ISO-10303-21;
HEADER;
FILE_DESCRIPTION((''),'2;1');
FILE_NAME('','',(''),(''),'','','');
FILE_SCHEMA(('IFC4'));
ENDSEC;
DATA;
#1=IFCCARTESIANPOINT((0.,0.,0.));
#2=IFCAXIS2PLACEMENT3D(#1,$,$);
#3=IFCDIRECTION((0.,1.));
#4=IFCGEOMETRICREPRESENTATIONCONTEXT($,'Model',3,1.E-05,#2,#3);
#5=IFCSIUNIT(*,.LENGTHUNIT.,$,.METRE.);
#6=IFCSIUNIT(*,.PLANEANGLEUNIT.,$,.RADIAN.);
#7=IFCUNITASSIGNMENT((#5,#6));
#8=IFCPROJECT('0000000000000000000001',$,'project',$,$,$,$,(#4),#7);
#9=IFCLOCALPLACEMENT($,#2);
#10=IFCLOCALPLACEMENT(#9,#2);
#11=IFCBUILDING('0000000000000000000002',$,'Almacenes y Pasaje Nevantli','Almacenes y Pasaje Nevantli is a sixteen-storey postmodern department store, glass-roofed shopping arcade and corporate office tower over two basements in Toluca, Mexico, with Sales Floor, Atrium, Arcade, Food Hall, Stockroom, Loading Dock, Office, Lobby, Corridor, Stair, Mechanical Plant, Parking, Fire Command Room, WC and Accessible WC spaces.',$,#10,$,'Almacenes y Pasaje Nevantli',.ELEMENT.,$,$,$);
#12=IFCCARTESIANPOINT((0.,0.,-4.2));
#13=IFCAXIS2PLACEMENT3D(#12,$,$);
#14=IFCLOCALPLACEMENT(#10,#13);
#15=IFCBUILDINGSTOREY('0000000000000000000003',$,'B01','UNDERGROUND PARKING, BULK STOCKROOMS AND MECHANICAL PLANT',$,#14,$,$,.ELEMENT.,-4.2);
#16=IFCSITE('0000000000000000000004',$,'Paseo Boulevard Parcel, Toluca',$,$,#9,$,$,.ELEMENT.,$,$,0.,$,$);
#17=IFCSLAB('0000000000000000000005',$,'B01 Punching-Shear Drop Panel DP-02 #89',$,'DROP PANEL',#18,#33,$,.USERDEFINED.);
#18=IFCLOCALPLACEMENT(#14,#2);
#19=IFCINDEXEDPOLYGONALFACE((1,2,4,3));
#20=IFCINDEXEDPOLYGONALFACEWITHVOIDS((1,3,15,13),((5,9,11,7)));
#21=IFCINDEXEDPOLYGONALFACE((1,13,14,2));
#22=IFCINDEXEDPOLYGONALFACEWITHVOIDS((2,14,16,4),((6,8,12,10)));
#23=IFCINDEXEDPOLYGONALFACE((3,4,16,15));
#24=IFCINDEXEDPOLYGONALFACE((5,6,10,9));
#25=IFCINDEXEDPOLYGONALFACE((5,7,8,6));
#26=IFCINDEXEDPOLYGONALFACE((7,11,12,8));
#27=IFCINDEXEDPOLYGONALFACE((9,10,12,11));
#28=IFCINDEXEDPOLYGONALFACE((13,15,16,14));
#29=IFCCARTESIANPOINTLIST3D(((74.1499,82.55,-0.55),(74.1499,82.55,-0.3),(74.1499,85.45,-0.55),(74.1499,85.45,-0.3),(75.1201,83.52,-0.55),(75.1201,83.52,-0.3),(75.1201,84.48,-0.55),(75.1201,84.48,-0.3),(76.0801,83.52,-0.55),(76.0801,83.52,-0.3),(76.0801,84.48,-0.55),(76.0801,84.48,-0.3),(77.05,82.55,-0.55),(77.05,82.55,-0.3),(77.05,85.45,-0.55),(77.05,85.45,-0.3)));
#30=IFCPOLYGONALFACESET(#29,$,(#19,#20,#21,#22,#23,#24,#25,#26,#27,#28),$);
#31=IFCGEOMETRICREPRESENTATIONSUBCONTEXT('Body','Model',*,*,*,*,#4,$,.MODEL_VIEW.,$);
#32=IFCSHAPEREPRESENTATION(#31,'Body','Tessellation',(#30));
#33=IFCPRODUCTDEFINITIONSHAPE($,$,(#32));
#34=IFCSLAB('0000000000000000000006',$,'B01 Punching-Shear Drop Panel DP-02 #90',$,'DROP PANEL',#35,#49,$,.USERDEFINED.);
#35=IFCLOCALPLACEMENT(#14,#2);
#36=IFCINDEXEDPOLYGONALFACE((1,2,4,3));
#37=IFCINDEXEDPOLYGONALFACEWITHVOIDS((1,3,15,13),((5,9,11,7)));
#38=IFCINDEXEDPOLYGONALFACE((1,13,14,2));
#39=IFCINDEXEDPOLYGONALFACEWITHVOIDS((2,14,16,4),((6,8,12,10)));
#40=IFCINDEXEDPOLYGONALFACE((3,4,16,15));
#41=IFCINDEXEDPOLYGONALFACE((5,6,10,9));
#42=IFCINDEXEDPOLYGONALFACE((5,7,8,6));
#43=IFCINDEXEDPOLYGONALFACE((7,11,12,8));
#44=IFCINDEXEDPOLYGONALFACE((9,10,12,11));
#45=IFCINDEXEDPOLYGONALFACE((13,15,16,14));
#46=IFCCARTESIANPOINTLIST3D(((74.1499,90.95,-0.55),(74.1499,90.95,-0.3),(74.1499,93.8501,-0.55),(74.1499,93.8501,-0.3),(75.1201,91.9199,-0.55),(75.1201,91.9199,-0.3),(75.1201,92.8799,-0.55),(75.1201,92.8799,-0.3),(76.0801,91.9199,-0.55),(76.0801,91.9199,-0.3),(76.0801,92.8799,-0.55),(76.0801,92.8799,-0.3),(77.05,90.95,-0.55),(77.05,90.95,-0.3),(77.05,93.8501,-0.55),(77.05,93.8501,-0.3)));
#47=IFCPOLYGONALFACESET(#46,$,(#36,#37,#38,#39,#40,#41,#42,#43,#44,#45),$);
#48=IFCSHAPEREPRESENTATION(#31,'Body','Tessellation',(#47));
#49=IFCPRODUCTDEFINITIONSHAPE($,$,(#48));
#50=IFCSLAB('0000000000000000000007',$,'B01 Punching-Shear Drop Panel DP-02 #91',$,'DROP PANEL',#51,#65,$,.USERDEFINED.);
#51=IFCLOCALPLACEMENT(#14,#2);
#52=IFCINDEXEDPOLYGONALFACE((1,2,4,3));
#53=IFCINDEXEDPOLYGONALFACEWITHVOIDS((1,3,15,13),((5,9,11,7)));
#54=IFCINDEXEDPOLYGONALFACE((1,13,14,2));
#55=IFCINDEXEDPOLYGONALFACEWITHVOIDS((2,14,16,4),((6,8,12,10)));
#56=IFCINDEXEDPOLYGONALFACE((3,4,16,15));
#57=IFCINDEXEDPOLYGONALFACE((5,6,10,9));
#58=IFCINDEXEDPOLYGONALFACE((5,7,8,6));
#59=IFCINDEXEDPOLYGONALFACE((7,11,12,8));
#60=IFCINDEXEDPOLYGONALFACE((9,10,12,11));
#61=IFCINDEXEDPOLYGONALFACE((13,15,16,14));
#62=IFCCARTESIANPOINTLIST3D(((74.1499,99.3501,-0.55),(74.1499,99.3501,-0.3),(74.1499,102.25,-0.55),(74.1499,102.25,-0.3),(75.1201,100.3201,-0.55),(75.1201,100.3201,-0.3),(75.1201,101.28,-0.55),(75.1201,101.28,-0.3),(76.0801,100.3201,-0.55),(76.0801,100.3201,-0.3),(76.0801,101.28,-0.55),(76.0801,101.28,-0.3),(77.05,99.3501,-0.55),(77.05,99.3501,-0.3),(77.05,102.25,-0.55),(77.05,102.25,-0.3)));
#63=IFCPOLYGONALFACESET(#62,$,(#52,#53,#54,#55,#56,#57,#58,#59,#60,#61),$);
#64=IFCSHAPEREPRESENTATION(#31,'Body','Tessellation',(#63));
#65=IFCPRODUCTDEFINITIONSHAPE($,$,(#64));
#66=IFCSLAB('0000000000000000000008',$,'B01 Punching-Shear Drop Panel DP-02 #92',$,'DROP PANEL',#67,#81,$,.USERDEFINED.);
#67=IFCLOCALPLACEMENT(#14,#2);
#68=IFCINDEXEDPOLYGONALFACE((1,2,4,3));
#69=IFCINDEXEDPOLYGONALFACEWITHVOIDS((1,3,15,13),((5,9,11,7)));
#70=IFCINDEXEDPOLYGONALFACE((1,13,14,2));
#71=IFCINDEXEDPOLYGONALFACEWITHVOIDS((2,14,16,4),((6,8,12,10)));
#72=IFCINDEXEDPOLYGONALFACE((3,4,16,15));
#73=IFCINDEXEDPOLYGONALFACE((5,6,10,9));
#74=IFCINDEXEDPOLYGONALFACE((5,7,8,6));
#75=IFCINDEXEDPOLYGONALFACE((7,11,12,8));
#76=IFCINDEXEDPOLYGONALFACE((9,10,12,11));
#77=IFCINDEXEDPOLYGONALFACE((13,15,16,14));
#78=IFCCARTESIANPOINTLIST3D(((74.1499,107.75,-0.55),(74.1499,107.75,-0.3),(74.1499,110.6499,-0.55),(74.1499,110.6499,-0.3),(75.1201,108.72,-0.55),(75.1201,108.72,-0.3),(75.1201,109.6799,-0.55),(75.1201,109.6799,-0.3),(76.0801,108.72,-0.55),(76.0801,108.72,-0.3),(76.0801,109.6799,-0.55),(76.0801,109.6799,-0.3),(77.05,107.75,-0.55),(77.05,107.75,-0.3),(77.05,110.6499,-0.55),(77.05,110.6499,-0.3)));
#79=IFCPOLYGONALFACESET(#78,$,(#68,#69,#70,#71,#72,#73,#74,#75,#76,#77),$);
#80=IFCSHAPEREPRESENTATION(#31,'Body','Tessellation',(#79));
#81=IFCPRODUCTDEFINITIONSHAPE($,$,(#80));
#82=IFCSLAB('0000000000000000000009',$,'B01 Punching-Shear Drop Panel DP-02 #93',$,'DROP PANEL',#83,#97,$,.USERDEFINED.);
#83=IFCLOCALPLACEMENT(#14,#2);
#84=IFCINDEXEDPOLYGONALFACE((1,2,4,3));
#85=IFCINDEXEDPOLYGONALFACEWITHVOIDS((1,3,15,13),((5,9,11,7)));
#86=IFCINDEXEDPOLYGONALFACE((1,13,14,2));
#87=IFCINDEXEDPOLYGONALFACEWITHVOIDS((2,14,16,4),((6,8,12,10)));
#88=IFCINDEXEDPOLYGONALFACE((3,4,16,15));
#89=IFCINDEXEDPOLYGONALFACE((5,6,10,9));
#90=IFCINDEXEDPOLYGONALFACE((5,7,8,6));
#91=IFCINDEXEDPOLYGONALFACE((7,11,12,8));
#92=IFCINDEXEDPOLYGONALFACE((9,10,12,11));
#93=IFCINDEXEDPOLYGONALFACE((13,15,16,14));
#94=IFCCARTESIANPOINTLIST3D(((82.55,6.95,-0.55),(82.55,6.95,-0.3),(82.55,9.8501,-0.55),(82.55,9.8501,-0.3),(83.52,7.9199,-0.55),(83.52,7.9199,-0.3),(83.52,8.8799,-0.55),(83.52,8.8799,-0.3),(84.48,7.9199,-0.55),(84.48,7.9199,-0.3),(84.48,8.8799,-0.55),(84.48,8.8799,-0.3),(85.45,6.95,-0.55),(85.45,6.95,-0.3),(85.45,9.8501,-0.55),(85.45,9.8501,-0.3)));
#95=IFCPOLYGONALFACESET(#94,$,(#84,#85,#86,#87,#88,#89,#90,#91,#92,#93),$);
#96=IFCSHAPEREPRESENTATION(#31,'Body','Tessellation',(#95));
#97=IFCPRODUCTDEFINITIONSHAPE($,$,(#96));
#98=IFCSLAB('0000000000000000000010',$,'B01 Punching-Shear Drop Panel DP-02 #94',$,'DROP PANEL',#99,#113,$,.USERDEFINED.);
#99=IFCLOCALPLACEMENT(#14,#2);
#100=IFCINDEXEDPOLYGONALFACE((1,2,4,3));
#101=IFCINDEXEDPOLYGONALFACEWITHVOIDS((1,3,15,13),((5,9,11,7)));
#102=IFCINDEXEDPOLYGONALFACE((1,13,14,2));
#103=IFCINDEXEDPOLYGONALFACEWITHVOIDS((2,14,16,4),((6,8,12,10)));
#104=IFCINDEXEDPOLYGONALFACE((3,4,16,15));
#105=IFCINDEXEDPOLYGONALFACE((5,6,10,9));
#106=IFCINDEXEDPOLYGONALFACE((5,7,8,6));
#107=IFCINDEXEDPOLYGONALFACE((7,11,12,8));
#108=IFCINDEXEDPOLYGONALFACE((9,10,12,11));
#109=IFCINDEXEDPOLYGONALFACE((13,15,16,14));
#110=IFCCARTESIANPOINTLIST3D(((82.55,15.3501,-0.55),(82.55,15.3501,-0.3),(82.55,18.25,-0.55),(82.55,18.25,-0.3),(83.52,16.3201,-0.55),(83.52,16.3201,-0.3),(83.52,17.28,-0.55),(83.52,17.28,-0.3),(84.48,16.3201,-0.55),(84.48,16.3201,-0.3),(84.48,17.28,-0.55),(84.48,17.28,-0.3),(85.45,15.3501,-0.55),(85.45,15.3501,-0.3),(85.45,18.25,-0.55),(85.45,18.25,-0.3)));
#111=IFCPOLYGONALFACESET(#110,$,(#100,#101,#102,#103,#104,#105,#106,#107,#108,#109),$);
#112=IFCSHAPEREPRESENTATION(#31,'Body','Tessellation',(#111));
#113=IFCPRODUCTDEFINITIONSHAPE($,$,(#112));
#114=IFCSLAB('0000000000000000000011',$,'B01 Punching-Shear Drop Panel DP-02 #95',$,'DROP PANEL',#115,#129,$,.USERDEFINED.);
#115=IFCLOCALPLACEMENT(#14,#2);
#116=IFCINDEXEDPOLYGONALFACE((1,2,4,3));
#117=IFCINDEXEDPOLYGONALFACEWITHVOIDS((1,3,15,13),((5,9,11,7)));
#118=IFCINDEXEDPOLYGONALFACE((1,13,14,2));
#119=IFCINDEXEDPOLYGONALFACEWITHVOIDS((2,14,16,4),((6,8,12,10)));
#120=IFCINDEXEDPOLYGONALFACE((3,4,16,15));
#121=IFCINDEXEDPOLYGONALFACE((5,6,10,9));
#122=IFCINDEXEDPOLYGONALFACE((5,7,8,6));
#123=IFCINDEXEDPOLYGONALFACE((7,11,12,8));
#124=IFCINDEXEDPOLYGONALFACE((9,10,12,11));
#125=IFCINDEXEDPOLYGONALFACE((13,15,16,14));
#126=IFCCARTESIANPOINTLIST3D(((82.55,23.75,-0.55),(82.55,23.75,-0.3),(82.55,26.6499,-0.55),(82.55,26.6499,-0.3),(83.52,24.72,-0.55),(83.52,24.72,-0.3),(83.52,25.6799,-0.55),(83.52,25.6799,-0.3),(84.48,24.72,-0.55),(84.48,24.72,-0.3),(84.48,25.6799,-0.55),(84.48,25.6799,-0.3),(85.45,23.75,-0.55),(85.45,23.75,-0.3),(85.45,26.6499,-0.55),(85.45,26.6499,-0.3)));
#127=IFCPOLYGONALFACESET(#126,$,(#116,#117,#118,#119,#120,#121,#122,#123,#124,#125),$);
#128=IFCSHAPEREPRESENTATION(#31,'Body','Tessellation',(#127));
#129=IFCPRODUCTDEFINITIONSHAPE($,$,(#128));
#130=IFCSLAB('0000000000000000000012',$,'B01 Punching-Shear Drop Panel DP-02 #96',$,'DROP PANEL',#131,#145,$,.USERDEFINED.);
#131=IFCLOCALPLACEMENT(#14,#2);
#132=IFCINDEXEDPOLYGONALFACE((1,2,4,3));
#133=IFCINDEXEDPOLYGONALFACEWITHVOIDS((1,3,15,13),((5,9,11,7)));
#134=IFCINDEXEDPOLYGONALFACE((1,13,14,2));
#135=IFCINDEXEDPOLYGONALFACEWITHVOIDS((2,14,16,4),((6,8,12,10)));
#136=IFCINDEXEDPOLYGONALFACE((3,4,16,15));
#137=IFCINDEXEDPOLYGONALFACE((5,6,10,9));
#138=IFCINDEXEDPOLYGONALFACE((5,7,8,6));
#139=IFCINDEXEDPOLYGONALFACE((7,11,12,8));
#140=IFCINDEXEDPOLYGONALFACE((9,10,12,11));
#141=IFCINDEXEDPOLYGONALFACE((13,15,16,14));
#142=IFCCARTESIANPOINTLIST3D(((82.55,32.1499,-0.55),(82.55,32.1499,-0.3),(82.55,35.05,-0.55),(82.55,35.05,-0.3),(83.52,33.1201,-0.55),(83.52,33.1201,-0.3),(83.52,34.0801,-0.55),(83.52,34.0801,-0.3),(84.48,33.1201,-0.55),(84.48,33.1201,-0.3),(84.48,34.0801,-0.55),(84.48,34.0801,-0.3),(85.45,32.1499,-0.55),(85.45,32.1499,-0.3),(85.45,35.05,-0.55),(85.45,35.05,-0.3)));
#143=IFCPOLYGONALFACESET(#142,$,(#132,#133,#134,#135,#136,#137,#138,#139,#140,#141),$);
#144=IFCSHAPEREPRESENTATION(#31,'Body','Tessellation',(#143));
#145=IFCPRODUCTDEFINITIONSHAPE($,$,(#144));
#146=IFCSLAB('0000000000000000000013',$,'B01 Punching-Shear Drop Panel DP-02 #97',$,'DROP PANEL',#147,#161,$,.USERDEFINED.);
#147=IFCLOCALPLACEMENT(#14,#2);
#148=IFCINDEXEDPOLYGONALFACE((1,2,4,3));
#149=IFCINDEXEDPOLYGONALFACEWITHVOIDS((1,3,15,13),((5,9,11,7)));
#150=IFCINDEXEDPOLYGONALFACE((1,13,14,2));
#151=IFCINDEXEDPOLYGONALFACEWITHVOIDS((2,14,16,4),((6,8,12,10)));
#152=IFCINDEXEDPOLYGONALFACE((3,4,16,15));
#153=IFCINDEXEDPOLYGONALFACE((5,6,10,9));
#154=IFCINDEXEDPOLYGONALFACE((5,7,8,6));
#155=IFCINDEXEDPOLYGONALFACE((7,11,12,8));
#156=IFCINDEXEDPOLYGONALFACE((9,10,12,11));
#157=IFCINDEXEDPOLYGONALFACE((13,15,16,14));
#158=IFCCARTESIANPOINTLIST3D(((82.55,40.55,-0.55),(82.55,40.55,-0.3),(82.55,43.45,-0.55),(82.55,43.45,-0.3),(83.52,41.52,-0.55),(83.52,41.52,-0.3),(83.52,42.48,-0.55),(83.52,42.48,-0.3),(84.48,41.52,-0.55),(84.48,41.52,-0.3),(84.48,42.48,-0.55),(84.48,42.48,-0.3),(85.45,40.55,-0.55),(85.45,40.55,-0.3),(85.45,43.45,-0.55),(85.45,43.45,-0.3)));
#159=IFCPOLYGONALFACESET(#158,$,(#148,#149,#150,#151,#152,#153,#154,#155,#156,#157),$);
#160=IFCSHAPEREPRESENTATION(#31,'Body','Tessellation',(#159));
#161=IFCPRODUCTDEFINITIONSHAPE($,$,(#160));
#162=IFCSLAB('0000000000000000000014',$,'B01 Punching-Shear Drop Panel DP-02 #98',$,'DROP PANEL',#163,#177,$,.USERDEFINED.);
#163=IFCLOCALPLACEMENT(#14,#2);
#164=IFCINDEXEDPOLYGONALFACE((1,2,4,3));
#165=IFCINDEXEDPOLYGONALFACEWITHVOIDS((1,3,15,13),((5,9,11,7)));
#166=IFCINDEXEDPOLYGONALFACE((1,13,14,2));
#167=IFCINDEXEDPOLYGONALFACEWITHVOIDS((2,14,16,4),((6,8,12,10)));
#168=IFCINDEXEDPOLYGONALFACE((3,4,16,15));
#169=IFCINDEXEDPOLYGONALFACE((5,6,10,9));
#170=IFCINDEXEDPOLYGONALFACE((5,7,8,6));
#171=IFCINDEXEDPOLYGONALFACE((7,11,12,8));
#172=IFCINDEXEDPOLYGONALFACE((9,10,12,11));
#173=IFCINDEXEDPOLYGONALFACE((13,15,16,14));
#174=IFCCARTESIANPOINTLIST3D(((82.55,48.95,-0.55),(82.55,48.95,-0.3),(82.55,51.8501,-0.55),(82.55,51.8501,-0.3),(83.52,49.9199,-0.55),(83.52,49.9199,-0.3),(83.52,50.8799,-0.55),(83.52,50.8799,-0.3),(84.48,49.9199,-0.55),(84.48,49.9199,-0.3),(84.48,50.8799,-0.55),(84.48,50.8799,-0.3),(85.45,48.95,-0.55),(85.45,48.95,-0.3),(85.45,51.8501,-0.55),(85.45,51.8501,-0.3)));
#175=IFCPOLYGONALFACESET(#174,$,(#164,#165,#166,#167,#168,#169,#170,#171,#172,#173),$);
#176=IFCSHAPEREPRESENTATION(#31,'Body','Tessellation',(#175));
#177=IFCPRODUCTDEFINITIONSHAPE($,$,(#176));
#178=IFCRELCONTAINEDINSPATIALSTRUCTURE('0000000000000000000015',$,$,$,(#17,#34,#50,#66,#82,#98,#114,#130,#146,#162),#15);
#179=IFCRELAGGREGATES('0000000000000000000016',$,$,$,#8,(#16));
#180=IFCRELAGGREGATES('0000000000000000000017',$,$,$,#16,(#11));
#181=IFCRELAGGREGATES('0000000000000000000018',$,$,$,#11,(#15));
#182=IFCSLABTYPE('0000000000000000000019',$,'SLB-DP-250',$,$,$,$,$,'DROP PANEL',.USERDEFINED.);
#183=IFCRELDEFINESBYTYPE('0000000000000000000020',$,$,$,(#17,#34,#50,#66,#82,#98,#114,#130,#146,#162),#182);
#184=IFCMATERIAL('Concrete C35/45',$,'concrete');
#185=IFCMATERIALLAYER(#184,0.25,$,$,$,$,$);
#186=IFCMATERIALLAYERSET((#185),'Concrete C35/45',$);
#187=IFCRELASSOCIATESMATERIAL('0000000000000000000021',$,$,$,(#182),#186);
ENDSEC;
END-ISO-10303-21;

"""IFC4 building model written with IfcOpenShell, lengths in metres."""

from ifc_helpers import new_model, si_unit, direction, frame, origin, place, context, subcontext, project, spatial, polyline, outline, extrude, material, layer, layer_set, type_object, element, save


model = new_model("IFC4")

# Units and contexts
model_context = context("Model", 3, precision=1e-05, world=origin(), true_north=direction((0.0, 1.0)))
body_context = subcontext(model_context, "Body", "Model", "MODEL_VIEW")
ifc_project = project(units=[si_unit("LENGTHUNIT", "METRE"), si_unit("PLANEANGLEUNIT", "RADIAN")], contexts=[model_context])

# Site, building, storey
site_placement = place(None, origin())
site = spatial("IfcSite", under=ifc_project, at=site_placement, Name="Paseo Boulevard Parcel, Toluca", CompositionType="ELEMENT", RefElevation=0.0)
building_placement = place(site_placement, origin())
building = spatial("IfcBuilding", under=site, at=building_placement, Name="Almacenes y Pasaje Nevantli", Description="Almacenes y Pasaje Nevantli is a sixteen-storey postmodern department store, glass-roofed shopping arcade and corporate office tower over two basements in Toluca, Mexico, with Sales Floor, Atrium, Arcade, Food Hall, Stockroom, Loading Dock, Office, Lobby, Corridor, Stair, Mechanical Plant, Parking, Fire Command Room, WC and Accessible WC spaces.", LongName="Almacenes y Pasaje Nevantli", CompositionType="ELEMENT")
storey_placement = place(building_placement, frame((0.0, 0.0, -4.2)))
storey = spatial("IfcBuildingStorey", under=building, at=storey_placement, Name="B01", Description="UNDERGROUND PARKING, BULK STOCKROOMS AND MECHANICAL PLANT", CompositionType="ELEMENT", Elevation=-4.2)

# Slabs
ifc_material = material(Name="Concrete C35/45", Category="concrete")
ifc_layer = layer(ifc_material, 0.25)
ifc_layer_set = layer_set([ifc_layer], Name="Concrete C35/45")
slab_type = type_object("IfcSlabType", Name="SLB-DP-250", ElementType="DROP PANEL", PredefinedType="USERDEFINED", material=ifc_layer_set)
slab_1_placement = place(storey_placement, frame((0.0, 0.0, -0.55)))
element("IfcSlab", 1, at=slab_1_placement, inside=storey, type_object=slab_type, Name="B01 Punching-Shear Drop Panel DP-02 #89", ObjectType="DROP PANEL", PredefinedType="USERDEFINED", context=body_context, shape_type="SweptSolid", body=[
    extrude(outline(polyline([(74.1499, 82.55), (77.05, 82.55), (77.05, 85.45), (74.1499, 85.45), (74.1499, 82.55)]), holes=[polyline([(75.1201, 83.52), (76.0801, 83.52), (76.0801, 84.48), (75.1201, 84.48), (75.1201, 83.52)])]), origin(), (0.0, 0.0, 1.0), 0.25),
])
slab_2_placement = place(storey_placement, frame((0.0, 0.0, -0.55)))
element("IfcSlab", 2, at=slab_2_placement, inside=storey, type_object=slab_type, Name="B01 Punching-Shear Drop Panel DP-02 #90", ObjectType="DROP PANEL", PredefinedType="USERDEFINED", context=body_context, shape_type="SweptSolid", body=[
    extrude(outline(polyline([(74.1499, 90.95), (77.05, 90.95), (77.05, 93.8501), (74.1499, 93.8501), (74.1499, 90.95)]), holes=[polyline([(75.1201, 91.9199), (76.0801, 91.9199), (76.0801, 92.8799), (75.1201, 92.8799), (75.1201, 91.9199)])]), origin(), (0.0, 0.0, 1.0), 0.25),
])
slab_3_placement = place(storey_placement, frame((0.0, 0.0, -0.55)))
element("IfcSlab", 3, at=slab_3_placement, inside=storey, type_object=slab_type, Name="B01 Punching-Shear Drop Panel DP-02 #91", ObjectType="DROP PANEL", PredefinedType="USERDEFINED", context=body_context, shape_type="SweptSolid", body=[
    extrude(outline(polyline([(74.1499, 99.3501), (77.05, 99.3501), (77.05, 102.25), (74.1499, 102.25), (74.1499, 99.3501)]), holes=[polyline([(75.1201, 100.3201), (76.0801, 100.3201), (76.0801, 101.28), (75.1201, 101.28), (75.1201, 100.3201)])]), origin(), (0.0, 0.0, 1.0), 0.25),
])
slab_4_placement = place(storey_placement, frame((0.0, 0.0, -0.55)))
element("IfcSlab", 4, at=slab_4_placement, inside=storey, type_object=slab_type, Name="B01 Punching-Shear Drop Panel DP-02 #92", ObjectType="DROP PANEL", PredefinedType="USERDEFINED", context=body_context, shape_type="SweptSolid", body=[
    extrude(outline(polyline([(74.1499, 107.75), (77.05, 107.75), (77.05, 110.6499), (74.1499, 110.6499), (74.1499, 107.75)]), holes=[polyline([(75.1201, 108.72), (76.0801, 108.72), (76.0801, 109.6799), (75.1201, 109.6799), (75.1201, 108.72)])]), origin(), (0.0, 0.0, 1.0), 0.25),
])
slab_5_placement = place(storey_placement, frame((0.0, 0.0, -0.55)))
element("IfcSlab", 5, at=slab_5_placement, inside=storey, type_object=slab_type, Name="B01 Punching-Shear Drop Panel DP-02 #93", ObjectType="DROP PANEL", PredefinedType="USERDEFINED", context=body_context, shape_type="SweptSolid", body=[
    extrude(outline(polyline([(82.55, 6.95), (85.45, 6.95), (85.45, 9.8501), (82.55, 9.8501), (82.55, 6.95)]), holes=[polyline([(83.52, 7.9199), (84.48, 7.9199), (84.48, 8.8799), (83.52, 8.8799), (83.52, 7.9199)])]), origin(), (0.0, 0.0, 1.0), 0.25),
])
slab_6_placement = place(storey_placement, frame((0.0, 0.0, -0.55)))
element("IfcSlab", 6, at=slab_6_placement, inside=storey, type_object=slab_type, Name="B01 Punching-Shear Drop Panel DP-02 #94", ObjectType="DROP PANEL", PredefinedType="USERDEFINED", context=body_context, shape_type="SweptSolid", body=[
    extrude(outline(polyline([(82.55, 15.3501), (85.45, 15.3501), (85.45, 18.25), (82.55, 18.25), (82.55, 15.3501)]), holes=[polyline([(83.52, 16.3201), (84.48, 16.3201), (84.48, 17.28), (83.52, 17.28), (83.52, 16.3201)])]), origin(), (0.0, 0.0, 1.0), 0.25),
])
slab_7_placement = place(storey_placement, frame((0.0, 0.0, -0.55)))
element("IfcSlab", 7, at=slab_7_placement, inside=storey, type_object=slab_type, Name="B01 Punching-Shear Drop Panel DP-02 #95", ObjectType="DROP PANEL", PredefinedType="USERDEFINED", context=body_context, shape_type="SweptSolid", body=[
    extrude(outline(polyline([(82.55, 23.75), (85.45, 23.75), (85.45, 26.6499), (82.55, 26.6499), (82.55, 23.75)]), holes=[polyline([(83.52, 24.72), (84.48, 24.72), (84.48, 25.6799), (83.52, 25.6799), (83.52, 24.72)])]), origin(), (0.0, 0.0, 1.0), 0.25),
])
slab_8_placement = place(storey_placement, frame((0.0, 0.0, -0.55)))
element("IfcSlab", 8, at=slab_8_placement, inside=storey, type_object=slab_type, Name="B01 Punching-Shear Drop Panel DP-02 #96", ObjectType="DROP PANEL", PredefinedType="USERDEFINED", context=body_context, shape_type="SweptSolid", body=[
    extrude(outline(polyline([(82.55, 32.1499), (85.45, 32.1499), (85.45, 35.05), (82.55, 35.05), (82.55, 32.1499)]), holes=[polyline([(83.52, 33.1201), (84.48, 33.1201), (84.48, 34.0801), (83.52, 34.0801), (83.52, 33.1201)])]), origin(), (0.0, 0.0, 1.0), 0.25),
])
slab_9_placement = place(storey_placement, frame((0.0, 0.0, -0.55)))
element("IfcSlab", 9, at=slab_9_placement, inside=storey, type_object=slab_type, Name="B01 Punching-Shear Drop Panel DP-02 #97", ObjectType="DROP PANEL", PredefinedType="USERDEFINED", context=body_context, shape_type="SweptSolid", body=[
    extrude(outline(polyline([(82.55, 40.55), (85.45, 40.55), (85.45, 43.45), (82.55, 43.45), (82.55, 40.55)]), holes=[polyline([(83.52, 41.52), (84.48, 41.52), (84.48, 42.48), (83.52, 42.48), (83.52, 41.52)])]), origin(), (0.0, 0.0, 1.0), 0.25),
])
slab_10_placement = place(storey_placement, frame((0.0, 0.0, -0.55)))
element("IfcSlab", 10, at=slab_10_placement, inside=storey, type_object=slab_type, Name="B01 Punching-Shear Drop Panel DP-02 #98", ObjectType="DROP PANEL", PredefinedType="USERDEFINED", context=body_context, shape_type="SweptSolid", body=[
    extrude(outline(polyline([(82.55, 48.95), (85.45, 48.95), (85.45, 51.8501), (82.55, 51.8501), (82.55, 48.95)]), holes=[polyline([(83.52, 49.9199), (84.48, 49.9199), (84.48, 50.8799), (83.52, 50.8799), (83.52, 49.9199)])]), origin(), (0.0, 0.0, 1.0), 0.25),
])

save(model, "model.ifc")
